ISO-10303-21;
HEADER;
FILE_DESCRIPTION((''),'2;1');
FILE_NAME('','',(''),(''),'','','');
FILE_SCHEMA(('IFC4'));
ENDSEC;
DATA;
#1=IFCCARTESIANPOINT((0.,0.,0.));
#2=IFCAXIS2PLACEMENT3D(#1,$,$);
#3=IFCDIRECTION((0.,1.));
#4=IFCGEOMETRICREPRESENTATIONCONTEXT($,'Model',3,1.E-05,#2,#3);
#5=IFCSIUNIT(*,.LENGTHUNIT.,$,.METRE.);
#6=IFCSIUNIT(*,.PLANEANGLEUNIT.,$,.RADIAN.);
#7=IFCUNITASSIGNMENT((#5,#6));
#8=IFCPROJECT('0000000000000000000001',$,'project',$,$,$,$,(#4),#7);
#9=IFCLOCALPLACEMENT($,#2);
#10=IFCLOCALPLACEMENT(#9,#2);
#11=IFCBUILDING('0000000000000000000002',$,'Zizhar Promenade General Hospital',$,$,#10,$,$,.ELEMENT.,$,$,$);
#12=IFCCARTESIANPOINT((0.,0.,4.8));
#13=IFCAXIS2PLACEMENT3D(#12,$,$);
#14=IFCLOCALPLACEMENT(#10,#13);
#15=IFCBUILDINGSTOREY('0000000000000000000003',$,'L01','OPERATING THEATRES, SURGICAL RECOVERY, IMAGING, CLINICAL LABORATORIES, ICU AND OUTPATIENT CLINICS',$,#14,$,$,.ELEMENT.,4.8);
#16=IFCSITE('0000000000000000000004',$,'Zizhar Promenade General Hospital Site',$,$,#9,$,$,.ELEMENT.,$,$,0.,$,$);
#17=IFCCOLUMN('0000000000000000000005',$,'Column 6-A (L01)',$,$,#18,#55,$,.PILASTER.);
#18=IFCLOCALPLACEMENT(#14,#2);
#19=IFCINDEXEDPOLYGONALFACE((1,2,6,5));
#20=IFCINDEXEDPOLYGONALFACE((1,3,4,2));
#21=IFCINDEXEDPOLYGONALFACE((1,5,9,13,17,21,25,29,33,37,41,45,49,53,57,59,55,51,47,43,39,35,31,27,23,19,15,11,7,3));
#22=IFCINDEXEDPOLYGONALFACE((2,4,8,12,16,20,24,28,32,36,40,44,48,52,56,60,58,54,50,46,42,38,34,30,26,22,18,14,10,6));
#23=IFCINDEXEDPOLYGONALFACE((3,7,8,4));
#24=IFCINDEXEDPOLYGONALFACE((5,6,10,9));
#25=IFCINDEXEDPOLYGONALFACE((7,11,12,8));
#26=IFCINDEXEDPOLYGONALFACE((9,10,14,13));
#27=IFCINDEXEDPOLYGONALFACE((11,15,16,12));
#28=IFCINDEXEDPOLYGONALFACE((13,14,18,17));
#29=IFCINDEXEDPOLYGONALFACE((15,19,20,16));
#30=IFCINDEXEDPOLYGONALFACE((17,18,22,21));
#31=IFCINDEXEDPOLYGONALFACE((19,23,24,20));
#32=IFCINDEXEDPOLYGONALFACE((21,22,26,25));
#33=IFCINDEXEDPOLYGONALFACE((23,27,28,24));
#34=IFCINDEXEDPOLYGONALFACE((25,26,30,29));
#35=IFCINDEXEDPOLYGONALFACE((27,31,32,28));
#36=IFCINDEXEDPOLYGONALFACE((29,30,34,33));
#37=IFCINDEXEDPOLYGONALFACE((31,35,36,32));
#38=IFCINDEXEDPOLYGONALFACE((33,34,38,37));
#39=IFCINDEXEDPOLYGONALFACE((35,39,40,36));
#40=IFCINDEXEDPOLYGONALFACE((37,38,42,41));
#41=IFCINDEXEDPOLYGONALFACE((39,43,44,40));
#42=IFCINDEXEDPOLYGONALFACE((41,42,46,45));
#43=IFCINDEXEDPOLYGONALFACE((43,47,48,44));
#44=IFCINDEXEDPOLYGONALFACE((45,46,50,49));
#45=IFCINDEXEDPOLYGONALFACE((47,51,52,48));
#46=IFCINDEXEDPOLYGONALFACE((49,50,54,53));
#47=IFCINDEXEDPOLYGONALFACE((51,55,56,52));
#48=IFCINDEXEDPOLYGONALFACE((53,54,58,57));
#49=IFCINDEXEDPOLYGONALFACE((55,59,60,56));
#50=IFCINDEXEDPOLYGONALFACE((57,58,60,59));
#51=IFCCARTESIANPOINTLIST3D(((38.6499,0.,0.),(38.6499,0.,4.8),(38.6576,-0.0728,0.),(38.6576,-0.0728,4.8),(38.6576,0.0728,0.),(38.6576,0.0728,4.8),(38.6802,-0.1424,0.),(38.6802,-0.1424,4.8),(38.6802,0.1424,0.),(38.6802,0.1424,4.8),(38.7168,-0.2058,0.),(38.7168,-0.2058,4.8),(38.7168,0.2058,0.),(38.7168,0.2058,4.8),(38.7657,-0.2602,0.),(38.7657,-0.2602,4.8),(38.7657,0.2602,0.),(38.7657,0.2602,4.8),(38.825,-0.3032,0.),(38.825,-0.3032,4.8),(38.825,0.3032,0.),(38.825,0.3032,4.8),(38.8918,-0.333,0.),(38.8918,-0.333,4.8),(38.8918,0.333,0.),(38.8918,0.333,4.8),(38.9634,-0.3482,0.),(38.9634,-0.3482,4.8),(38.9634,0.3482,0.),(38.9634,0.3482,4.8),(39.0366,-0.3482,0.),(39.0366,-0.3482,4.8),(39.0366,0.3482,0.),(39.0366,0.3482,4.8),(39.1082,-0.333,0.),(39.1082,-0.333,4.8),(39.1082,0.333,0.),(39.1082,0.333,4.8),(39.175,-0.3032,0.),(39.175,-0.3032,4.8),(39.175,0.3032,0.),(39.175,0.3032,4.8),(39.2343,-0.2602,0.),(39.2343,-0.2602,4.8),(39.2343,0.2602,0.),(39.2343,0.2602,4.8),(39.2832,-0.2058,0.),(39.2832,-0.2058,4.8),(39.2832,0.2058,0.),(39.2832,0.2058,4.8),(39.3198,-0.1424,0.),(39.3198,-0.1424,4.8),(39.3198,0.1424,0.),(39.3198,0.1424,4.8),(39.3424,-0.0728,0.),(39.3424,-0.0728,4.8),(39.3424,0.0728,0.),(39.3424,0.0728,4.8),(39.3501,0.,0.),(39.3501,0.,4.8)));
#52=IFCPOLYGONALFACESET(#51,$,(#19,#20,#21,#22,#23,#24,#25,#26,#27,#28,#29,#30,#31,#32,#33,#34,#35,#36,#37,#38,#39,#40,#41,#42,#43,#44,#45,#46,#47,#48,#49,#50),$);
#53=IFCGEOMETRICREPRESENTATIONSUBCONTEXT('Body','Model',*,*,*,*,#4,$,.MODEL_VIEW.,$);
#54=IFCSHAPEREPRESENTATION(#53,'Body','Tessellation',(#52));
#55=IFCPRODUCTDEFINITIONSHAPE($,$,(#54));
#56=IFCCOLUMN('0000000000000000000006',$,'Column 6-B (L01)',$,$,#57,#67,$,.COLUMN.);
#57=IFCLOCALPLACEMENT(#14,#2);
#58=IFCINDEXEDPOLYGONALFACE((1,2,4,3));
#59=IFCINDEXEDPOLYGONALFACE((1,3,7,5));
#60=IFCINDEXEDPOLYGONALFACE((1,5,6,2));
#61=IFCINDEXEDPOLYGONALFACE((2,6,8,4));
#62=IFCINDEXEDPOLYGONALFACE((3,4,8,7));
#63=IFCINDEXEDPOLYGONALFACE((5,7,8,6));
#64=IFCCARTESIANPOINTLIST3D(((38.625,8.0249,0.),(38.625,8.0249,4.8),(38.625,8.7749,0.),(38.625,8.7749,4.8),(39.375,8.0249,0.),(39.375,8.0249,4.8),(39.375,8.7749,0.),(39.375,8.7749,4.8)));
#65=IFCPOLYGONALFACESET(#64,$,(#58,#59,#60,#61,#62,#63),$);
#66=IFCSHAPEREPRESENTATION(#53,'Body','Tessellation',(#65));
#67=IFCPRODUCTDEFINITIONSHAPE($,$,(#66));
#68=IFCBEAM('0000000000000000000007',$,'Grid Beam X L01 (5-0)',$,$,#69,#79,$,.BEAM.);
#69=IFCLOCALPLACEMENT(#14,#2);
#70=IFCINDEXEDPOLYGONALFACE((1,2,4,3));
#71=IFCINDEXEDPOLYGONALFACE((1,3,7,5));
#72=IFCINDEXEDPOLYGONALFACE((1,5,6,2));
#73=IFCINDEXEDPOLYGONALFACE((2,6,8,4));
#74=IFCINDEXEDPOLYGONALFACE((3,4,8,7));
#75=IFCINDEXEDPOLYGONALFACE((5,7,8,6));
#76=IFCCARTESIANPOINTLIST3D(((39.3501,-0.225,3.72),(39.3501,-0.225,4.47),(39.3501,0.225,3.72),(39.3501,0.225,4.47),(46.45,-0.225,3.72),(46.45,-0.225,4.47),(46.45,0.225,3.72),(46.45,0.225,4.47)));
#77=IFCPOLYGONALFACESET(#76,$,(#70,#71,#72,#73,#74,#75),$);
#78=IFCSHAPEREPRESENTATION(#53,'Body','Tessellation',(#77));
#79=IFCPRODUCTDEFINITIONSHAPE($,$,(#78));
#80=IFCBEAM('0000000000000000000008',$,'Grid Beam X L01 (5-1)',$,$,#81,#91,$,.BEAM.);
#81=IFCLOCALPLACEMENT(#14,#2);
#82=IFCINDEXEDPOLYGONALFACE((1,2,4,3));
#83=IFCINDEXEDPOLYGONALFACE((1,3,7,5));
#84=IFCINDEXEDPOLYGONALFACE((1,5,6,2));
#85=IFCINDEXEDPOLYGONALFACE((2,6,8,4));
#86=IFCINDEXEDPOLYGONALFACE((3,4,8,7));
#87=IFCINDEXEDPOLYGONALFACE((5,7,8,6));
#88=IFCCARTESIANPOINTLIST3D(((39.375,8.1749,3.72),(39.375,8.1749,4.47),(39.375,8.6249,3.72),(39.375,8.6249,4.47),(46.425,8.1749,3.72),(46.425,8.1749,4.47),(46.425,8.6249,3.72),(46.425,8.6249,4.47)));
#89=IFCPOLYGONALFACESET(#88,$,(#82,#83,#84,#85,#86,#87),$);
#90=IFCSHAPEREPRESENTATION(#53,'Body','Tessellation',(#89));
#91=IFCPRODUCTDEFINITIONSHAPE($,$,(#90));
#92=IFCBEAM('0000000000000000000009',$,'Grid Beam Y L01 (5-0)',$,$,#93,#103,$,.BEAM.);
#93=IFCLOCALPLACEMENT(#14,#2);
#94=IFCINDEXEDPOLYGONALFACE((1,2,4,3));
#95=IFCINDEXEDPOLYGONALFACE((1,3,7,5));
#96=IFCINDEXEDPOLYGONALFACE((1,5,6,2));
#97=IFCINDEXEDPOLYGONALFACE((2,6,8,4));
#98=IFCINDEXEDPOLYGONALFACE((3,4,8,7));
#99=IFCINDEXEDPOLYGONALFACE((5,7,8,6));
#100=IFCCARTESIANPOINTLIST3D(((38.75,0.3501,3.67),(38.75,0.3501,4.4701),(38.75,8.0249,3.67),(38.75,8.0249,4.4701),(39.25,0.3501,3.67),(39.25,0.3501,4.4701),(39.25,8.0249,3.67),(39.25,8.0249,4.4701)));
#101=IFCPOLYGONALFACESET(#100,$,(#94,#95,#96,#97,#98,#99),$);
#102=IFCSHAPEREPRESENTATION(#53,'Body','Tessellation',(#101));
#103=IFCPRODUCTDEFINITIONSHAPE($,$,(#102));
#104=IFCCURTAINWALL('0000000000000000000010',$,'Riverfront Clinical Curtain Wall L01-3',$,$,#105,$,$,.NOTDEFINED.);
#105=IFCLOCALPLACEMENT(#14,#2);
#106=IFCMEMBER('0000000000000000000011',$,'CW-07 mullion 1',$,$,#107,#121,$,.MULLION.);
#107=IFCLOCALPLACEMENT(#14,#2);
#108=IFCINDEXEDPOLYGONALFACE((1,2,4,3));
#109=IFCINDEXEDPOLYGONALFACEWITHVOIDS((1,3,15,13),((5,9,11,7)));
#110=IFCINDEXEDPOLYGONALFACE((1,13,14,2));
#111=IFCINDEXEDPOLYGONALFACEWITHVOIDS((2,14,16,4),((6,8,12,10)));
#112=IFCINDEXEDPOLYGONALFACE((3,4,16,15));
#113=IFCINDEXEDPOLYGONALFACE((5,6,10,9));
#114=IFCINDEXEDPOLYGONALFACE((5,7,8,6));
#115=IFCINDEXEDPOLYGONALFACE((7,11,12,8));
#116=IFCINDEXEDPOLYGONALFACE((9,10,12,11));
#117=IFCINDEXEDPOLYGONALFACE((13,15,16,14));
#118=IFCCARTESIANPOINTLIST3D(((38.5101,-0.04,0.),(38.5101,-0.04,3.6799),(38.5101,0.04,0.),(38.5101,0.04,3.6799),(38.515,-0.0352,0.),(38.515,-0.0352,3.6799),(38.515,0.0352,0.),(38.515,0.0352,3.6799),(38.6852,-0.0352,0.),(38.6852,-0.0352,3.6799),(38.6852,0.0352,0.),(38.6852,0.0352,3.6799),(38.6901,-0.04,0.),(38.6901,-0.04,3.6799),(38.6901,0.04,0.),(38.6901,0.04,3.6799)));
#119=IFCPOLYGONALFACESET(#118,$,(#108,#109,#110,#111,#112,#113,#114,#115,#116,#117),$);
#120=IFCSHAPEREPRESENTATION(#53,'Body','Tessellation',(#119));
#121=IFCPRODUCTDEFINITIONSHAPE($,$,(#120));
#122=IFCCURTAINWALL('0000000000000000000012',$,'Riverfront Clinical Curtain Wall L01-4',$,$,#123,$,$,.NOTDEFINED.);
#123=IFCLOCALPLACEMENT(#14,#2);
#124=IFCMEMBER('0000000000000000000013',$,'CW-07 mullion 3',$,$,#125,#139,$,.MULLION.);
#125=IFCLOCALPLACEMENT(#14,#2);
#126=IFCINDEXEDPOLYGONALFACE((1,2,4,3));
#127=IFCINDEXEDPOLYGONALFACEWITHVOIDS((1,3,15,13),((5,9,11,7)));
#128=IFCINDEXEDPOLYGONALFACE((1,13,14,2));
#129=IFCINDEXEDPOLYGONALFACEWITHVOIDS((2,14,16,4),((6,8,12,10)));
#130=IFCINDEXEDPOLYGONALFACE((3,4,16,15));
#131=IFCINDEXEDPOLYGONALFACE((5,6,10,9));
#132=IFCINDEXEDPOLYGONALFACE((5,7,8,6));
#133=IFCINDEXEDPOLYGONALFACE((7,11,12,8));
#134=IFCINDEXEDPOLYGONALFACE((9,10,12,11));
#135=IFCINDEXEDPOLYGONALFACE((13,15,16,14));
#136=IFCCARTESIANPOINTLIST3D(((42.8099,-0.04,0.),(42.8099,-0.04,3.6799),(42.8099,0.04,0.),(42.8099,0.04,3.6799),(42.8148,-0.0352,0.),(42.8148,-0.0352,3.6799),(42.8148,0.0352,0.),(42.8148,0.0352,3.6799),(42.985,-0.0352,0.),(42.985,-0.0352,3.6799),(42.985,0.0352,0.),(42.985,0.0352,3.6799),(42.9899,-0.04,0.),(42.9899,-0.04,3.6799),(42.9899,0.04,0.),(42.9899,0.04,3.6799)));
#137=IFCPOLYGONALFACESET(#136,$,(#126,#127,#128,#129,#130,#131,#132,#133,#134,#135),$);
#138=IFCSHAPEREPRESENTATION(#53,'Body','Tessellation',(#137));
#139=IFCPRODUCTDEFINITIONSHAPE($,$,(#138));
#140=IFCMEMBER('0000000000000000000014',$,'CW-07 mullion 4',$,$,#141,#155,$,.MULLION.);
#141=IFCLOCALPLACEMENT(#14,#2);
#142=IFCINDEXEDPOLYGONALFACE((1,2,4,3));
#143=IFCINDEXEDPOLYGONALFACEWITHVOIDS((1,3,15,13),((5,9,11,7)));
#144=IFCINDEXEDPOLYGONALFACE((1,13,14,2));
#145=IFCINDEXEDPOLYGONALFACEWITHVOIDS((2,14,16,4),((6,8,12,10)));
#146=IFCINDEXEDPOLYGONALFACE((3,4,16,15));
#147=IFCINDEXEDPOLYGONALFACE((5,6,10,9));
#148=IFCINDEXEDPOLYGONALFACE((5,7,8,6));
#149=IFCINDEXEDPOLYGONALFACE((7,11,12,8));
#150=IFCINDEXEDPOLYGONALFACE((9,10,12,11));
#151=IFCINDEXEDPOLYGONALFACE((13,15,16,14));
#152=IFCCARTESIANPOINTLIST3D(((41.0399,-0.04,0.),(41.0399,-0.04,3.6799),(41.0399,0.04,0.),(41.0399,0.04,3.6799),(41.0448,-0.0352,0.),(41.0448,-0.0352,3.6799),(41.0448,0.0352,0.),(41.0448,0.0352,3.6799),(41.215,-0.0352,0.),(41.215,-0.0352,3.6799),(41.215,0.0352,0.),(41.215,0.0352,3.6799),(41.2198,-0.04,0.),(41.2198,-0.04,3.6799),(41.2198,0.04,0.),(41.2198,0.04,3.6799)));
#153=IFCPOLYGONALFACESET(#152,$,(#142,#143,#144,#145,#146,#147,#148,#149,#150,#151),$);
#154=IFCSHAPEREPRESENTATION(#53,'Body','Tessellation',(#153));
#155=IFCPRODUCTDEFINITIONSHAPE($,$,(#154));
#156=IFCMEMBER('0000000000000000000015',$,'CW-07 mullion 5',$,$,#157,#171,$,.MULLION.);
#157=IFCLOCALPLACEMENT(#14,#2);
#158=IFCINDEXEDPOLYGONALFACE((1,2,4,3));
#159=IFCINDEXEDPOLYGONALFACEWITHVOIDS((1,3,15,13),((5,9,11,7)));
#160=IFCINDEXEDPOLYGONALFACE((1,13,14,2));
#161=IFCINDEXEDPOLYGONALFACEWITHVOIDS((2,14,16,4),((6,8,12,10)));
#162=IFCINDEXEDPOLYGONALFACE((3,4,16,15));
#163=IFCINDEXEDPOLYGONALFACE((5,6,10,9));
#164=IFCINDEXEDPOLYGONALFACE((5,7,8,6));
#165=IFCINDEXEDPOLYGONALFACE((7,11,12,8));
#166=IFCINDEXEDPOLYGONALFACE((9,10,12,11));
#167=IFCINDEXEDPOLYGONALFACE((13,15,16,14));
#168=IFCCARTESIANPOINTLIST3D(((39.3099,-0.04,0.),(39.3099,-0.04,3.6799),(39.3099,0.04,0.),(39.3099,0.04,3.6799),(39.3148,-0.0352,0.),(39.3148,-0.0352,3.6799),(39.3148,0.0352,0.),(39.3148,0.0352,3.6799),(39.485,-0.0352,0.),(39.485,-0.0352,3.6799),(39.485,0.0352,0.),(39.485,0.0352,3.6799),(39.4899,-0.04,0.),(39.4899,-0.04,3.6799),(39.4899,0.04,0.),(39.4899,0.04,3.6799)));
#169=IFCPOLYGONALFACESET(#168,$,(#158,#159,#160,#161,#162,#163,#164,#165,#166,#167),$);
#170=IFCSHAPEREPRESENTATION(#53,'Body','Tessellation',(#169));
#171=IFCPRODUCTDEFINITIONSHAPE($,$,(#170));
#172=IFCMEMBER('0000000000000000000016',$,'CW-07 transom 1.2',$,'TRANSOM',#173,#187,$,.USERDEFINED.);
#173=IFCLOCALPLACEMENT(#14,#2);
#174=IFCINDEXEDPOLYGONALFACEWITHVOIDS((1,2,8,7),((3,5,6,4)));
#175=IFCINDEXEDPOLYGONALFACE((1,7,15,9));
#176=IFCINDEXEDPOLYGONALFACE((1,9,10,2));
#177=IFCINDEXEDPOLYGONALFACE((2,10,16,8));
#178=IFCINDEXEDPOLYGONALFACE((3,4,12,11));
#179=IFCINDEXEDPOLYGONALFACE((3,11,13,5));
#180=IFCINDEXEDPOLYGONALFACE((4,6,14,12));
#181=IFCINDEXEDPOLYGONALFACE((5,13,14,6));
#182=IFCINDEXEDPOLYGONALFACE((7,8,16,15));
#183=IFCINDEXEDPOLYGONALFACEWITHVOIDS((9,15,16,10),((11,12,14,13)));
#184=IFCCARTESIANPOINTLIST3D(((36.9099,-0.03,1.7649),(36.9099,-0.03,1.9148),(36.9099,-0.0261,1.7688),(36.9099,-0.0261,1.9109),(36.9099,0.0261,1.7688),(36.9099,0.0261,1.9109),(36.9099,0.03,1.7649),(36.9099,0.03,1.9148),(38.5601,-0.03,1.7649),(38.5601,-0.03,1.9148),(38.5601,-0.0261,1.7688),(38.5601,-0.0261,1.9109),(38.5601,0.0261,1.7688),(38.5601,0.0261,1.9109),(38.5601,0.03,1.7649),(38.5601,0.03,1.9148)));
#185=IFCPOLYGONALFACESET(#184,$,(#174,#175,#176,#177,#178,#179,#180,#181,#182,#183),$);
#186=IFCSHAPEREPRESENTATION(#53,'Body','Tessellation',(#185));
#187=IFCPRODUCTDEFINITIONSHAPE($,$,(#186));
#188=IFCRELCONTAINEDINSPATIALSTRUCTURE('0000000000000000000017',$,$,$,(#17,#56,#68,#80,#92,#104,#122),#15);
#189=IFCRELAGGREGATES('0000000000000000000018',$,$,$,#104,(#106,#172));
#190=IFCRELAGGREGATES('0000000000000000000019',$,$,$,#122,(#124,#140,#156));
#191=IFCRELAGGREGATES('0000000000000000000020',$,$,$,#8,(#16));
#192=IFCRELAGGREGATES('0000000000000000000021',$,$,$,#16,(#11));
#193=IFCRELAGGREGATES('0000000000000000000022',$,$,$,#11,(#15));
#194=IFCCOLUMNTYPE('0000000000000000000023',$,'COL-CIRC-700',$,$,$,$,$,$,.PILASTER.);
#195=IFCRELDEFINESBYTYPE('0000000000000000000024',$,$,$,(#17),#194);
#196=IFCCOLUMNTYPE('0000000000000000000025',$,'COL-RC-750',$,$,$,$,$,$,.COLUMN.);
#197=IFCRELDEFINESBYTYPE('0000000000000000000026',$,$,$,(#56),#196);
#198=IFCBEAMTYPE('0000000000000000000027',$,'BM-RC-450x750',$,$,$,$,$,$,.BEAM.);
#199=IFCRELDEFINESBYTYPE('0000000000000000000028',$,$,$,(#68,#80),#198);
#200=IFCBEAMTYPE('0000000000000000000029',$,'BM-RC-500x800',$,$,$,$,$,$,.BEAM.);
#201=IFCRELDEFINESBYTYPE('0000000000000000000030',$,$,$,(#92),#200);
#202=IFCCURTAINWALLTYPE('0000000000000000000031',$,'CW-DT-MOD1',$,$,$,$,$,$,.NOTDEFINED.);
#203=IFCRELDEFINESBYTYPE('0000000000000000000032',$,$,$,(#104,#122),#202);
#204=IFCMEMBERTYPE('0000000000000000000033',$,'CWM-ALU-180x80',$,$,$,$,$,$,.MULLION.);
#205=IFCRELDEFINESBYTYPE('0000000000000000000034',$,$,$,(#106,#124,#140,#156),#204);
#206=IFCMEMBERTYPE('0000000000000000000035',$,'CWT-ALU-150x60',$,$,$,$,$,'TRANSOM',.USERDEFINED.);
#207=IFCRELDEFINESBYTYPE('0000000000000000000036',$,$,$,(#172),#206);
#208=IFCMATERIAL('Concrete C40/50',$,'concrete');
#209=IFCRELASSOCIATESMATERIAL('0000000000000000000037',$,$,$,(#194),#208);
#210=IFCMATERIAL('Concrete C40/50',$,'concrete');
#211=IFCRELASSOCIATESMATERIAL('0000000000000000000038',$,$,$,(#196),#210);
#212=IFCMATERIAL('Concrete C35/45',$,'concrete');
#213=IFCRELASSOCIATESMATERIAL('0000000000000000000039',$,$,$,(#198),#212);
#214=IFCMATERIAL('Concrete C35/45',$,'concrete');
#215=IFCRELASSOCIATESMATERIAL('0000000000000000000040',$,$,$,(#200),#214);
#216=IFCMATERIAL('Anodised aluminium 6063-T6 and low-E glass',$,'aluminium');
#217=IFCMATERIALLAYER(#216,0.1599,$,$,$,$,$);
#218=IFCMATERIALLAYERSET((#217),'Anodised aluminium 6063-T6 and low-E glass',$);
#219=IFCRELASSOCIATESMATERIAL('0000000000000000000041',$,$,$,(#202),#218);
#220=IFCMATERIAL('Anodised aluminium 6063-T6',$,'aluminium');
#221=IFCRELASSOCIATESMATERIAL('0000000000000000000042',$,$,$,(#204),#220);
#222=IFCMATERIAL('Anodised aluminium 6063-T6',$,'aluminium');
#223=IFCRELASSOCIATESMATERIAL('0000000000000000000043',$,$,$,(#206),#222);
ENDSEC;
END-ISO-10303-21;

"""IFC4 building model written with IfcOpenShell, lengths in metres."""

from ifc_helpers import new_model, si_unit, direction, frame, origin, origin_2d, place, context, subcontext, project, spatial, rectangle, hollow_rectangle, circle, extrude, material, layer, layer_set, material_profile, profile_set, type_object, element, aggregate, save


model = new_model("IFC4")

# Units and contexts
model_context = context("Model", 3, precision=1e-05, world=origin(), true_north=direction((0.0, 1.0)))
body_context = subcontext(model_context, "Body", "Model", "MODEL_VIEW")
ifc_project = project(units=[si_unit("LENGTHUNIT", "METRE"), si_unit("PLANEANGLEUNIT", "RADIAN")], contexts=[model_context])

# Site, building, storey
site_placement = place(None, origin())
site = spatial("IfcSite", under=ifc_project, at=site_placement, Name="Zizhar Promenade General Hospital Site", CompositionType="ELEMENT", RefElevation=0.0)
building_placement = place(site_placement, origin())
building = spatial("IfcBuilding", under=site, at=building_placement, Name="Zizhar Promenade General Hospital", CompositionType="ELEMENT")
storey_placement = place(building_placement, frame((0.0, 0.0, 4.8)))
storey = spatial("IfcBuildingStorey", under=building, at=storey_placement, Name="L01", Description="OPERATING THEATRES, SURGICAL RECOVERY, IMAGING, CLINICAL LABORATORIES, ICU AND OUTPATIENT CLINICS", CompositionType="ELEMENT", Elevation=4.8)

# Columns
ifc_material_1 = material(Name="Concrete C40/50", Category="concrete")
ifc_material_profile_1 = material_profile(ifc_material_1, circle(Radius=0.3501, at=origin_2d()))
ifc_profile_set_1 = profile_set([ifc_material_profile_1], Name="Concrete C40/50")
column_type_1 = type_object("IfcColumnType", Name="COL-CIRC-700", PredefinedType="PILASTER", material=ifc_profile_set_1)
column_1_placement = place(storey_placement, frame((39.0, 0.0, 0.0), z_axis=(0.0, 0.0, 1.0), x_axis=(1.0, 0.0, 0.0)))
element("IfcColumn", 1, at=column_1_placement, inside=storey, type_object=column_type_1, Name="Column 6-A (L01)", PredefinedType="PILASTER", context=body_context, shape_type="SweptSolid", body=[
    extrude(circle(Radius=0.3501, at=origin_2d()), origin(), (0.0, 0.0, 1.0), 4.8),
])
ifc_material_2 = material(Name="Concrete C40/50", Category="concrete")
ifc_material_profile_2 = material_profile(ifc_material_2, rectangle(XDim=0.75, YDim=0.75, at=origin_2d()))
ifc_profile_set_2 = profile_set([ifc_material_profile_2], Name="Concrete C40/50")
column_type_2 = type_object("IfcColumnType", Name="COL-RC-750", PredefinedType="COLUMN", material=ifc_profile_set_2)
column_2_placement = place(storey_placement, frame((39.0, 8.3999, 0.0), z_axis=(0.0, 0.0, 1.0), x_axis=(1.0, 0.0, 0.0)))
element("IfcColumn", 2, at=column_2_placement, inside=storey, type_object=column_type_2, Name="Column 6-B (L01)", PredefinedType="COLUMN", context=body_context, shape_type="SweptSolid", body=[
    extrude(rectangle(XDim=0.75, YDim=0.75, at=origin_2d()), origin(), (0.0, 0.0, 1.0), 4.8),
])

# Beams
ifc_material_3 = material(Name="Concrete C35/45", Category="concrete")
ifc_material_profile_3 = material_profile(ifc_material_3, rectangle(XDim=0.45, YDim=0.75, at=origin_2d()))
ifc_profile_set_3 = profile_set([ifc_material_profile_3], Name="Concrete C35/45")
beam_type_1 = type_object("IfcBeamType", Name="BM-RC-450x750", PredefinedType="BEAM", material=ifc_profile_set_3)
beam_1_placement = place(storey_placement, frame((39.3501, 0.0, 4.095), z_axis=(1.0, 0.0, 0.0), x_axis=(0.0, 1.0, 0.0)))
element("IfcBeam", 3, at=beam_1_placement, inside=storey, type_object=beam_type_1, Name="Grid Beam X L01 (5-0)", PredefinedType="BEAM", context=body_context, shape_type="SweptSolid", body=[
    extrude(rectangle(XDim=0.45, YDim=0.75, at=origin_2d()), origin(), (0.0, 0.0, 1.0), 7.0999),
])
beam_2_placement = place(storey_placement, frame((39.375, 8.3999, 4.095), z_axis=(1.0, 0.0, 0.0), x_axis=(0.0, 1.0, 0.0)))
element("IfcBeam", 4, at=beam_2_placement, inside=storey, type_object=beam_type_1, Name="Grid Beam X L01 (5-1)", PredefinedType="BEAM", context=body_context, shape_type="SweptSolid", body=[
    extrude(rectangle(XDim=0.45, YDim=0.75, at=origin_2d()), origin(), (0.0, 0.0, 1.0), 7.05),
])
ifc_material_4 = material(Name="Concrete C35/45", Category="concrete")
ifc_material_profile_4 = material_profile(ifc_material_4, rectangle(XDim=0.5, YDim=0.8, at=origin_2d()))
ifc_profile_set_4 = profile_set([ifc_material_profile_4], Name="Concrete C35/45")
beam_type_2 = type_object("IfcBeamType", Name="BM-RC-500x800", PredefinedType="BEAM", material=ifc_profile_set_4)
beam_3_placement = place(storey_placement, frame((39.0, 0.3501, 4.0701), z_axis=(0.0, 1.0, 0.0), x_axis=(-1.0, 0.0, 0.0)))
element("IfcBeam", 5, at=beam_3_placement, inside=storey, type_object=beam_type_2, Name="Grid Beam Y L01 (5-0)", PredefinedType="BEAM", context=body_context, shape_type="SweptSolid", body=[
    extrude(rectangle(XDim=0.5, YDim=0.8, at=origin_2d()), origin(), (0.0, 0.0, 1.0), 7.6748),
])

# Curtain wall, member
ifc_material_5 = material(Name="Anodised aluminium 6063-T6 and low-E glass", Category="aluminium")
ifc_layer_1 = layer(ifc_material_5, 0.1599)
ifc_layer_set_1 = layer_set([ifc_layer_1], Name="Anodised aluminium 6063-T6 and low-E glass")
curtain_wall_type = type_object("IfcCurtainWallType", Name="CW-DT-MOD1", PredefinedType="NOTDEFINED", material=ifc_layer_set_1)
curtain_wall_1_placement = place(storey_placement, origin())
curtain_wall_1 = element("IfcCurtainWall", 6, at=curtain_wall_1_placement, inside=storey, type_object=curtain_wall_type, Name="Riverfront Clinical Curtain Wall L01-3", PredefinedType="NOTDEFINED")
ifc_material_6 = material(Name="Anodised aluminium 6063-T6", Category="aluminium")
ifc_material_profile_5 = material_profile(ifc_material_6, hollow_rectangle(XDim=0.0801, YDim=0.1799, WallThickness=0.0049, at=origin_2d()))
ifc_profile_set_5 = profile_set([ifc_material_profile_5], Name="Anodised aluminium 6063-T6")
member_type_1 = type_object("IfcMemberType", Name="CWM-ALU-180x80", PredefinedType="MULLION", material=ifc_profile_set_5)
member_1_placement = place(storey_placement, frame((38.6001, 0.0, 0.0), z_axis=(0.0, 0.0, 1.0), x_axis=(0.0, -1.0, 0.0)))
member_1 = element("IfcMember", 7, at=member_1_placement, type_object=member_type_1, Name="CW-07 mullion 1", PredefinedType="MULLION", context=body_context, shape_type="SweptSolid", body=[
    extrude(hollow_rectangle(XDim=0.0801, YDim=0.1799, WallThickness=0.0049, at=origin_2d()), origin(), (0.0, 0.0, 1.0), 3.6799),
])

# Curtain wall, members
curtain_wall_2_placement = place(storey_placement, origin())
curtain_wall_2 = element("IfcCurtainWall", 8, at=curtain_wall_2_placement, inside=storey, type_object=curtain_wall_type, Name="Riverfront Clinical Curtain Wall L01-4", PredefinedType="NOTDEFINED")
member_2_placement = place(storey_placement, frame((42.8999, 0.0, 0.0), z_axis=(0.0, 0.0, 1.0), x_axis=(0.0, -1.0, 0.0)))
member_2 = element("IfcMember", 9, at=member_2_placement, type_object=member_type_1, Name="CW-07 mullion 3", PredefinedType="MULLION", context=body_context, shape_type="SweptSolid", body=[
    extrude(hollow_rectangle(XDim=0.0801, YDim=0.1799, WallThickness=0.0049, at=origin_2d()), origin(), (0.0, 0.0, 1.0), 3.6799),
])
member_3_placement = place(storey_placement, frame((41.1299, 0.0, 0.0), z_axis=(0.0, 0.0, 1.0), x_axis=(0.0, -1.0, 0.0)))
member_3 = element("IfcMember", 10, at=member_3_placement, type_object=member_type_1, Name="CW-07 mullion 4", PredefinedType="MULLION", context=body_context, shape_type="SweptSolid", body=[
    extrude(hollow_rectangle(XDim=0.0801, YDim=0.1799, WallThickness=0.0049, at=origin_2d()), origin(), (0.0, 0.0, 1.0), 3.6799),
])
member_4_placement = place(storey_placement, frame((39.3999, 0.0, 0.0), z_axis=(0.0, 0.0, 1.0), x_axis=(0.0, -1.0, 0.0)))
member_4 = element("IfcMember", 11, at=member_4_placement, type_object=member_type_1, Name="CW-07 mullion 5", PredefinedType="MULLION", context=body_context, shape_type="SweptSolid", body=[
    extrude(hollow_rectangle(XDim=0.0801, YDim=0.1799, WallThickness=0.0049, at=origin_2d()), origin(), (0.0, 0.0, 1.0), 3.6799),
])

# Member
ifc_material_7 = material(Name="Anodised aluminium 6063-T6", Category="aluminium")
ifc_material_profile_6 = material_profile(ifc_material_7, hollow_rectangle(XDim=0.0601, YDim=0.1499, WallThickness=0.0039, at=origin_2d()))
ifc_profile_set_6 = profile_set([ifc_material_profile_6], Name="Anodised aluminium 6063-T6")
member_type_2 = type_object("IfcMemberType", Name="CWT-ALU-150x60", ElementType="TRANSOM", PredefinedType="USERDEFINED", material=ifc_profile_set_6)
member_5_placement = place(storey_placement, frame((38.5601, 0.0, 1.8398), z_axis=(-1.0, 0.0, 0.0), x_axis=(0.0, -1.0, 0.0)))
member_5 = element("IfcMember", 12, at=member_5_placement, type_object=member_type_2, Name="CW-07 transom 1.2", ObjectType="TRANSOM", PredefinedType="USERDEFINED", context=body_context, shape_type="SweptSolid", body=[
    extrude(hollow_rectangle(XDim=0.0601, YDim=0.1499, WallThickness=0.0039, at=origin_2d()), origin(), (0.0, 0.0, 1.0), 1.6501),
])
aggregate(curtain_wall_1, [member_1, member_5])

aggregate(curtain_wall_2, [member_2, member_3, member_4])

save(model, "model.ifc")
